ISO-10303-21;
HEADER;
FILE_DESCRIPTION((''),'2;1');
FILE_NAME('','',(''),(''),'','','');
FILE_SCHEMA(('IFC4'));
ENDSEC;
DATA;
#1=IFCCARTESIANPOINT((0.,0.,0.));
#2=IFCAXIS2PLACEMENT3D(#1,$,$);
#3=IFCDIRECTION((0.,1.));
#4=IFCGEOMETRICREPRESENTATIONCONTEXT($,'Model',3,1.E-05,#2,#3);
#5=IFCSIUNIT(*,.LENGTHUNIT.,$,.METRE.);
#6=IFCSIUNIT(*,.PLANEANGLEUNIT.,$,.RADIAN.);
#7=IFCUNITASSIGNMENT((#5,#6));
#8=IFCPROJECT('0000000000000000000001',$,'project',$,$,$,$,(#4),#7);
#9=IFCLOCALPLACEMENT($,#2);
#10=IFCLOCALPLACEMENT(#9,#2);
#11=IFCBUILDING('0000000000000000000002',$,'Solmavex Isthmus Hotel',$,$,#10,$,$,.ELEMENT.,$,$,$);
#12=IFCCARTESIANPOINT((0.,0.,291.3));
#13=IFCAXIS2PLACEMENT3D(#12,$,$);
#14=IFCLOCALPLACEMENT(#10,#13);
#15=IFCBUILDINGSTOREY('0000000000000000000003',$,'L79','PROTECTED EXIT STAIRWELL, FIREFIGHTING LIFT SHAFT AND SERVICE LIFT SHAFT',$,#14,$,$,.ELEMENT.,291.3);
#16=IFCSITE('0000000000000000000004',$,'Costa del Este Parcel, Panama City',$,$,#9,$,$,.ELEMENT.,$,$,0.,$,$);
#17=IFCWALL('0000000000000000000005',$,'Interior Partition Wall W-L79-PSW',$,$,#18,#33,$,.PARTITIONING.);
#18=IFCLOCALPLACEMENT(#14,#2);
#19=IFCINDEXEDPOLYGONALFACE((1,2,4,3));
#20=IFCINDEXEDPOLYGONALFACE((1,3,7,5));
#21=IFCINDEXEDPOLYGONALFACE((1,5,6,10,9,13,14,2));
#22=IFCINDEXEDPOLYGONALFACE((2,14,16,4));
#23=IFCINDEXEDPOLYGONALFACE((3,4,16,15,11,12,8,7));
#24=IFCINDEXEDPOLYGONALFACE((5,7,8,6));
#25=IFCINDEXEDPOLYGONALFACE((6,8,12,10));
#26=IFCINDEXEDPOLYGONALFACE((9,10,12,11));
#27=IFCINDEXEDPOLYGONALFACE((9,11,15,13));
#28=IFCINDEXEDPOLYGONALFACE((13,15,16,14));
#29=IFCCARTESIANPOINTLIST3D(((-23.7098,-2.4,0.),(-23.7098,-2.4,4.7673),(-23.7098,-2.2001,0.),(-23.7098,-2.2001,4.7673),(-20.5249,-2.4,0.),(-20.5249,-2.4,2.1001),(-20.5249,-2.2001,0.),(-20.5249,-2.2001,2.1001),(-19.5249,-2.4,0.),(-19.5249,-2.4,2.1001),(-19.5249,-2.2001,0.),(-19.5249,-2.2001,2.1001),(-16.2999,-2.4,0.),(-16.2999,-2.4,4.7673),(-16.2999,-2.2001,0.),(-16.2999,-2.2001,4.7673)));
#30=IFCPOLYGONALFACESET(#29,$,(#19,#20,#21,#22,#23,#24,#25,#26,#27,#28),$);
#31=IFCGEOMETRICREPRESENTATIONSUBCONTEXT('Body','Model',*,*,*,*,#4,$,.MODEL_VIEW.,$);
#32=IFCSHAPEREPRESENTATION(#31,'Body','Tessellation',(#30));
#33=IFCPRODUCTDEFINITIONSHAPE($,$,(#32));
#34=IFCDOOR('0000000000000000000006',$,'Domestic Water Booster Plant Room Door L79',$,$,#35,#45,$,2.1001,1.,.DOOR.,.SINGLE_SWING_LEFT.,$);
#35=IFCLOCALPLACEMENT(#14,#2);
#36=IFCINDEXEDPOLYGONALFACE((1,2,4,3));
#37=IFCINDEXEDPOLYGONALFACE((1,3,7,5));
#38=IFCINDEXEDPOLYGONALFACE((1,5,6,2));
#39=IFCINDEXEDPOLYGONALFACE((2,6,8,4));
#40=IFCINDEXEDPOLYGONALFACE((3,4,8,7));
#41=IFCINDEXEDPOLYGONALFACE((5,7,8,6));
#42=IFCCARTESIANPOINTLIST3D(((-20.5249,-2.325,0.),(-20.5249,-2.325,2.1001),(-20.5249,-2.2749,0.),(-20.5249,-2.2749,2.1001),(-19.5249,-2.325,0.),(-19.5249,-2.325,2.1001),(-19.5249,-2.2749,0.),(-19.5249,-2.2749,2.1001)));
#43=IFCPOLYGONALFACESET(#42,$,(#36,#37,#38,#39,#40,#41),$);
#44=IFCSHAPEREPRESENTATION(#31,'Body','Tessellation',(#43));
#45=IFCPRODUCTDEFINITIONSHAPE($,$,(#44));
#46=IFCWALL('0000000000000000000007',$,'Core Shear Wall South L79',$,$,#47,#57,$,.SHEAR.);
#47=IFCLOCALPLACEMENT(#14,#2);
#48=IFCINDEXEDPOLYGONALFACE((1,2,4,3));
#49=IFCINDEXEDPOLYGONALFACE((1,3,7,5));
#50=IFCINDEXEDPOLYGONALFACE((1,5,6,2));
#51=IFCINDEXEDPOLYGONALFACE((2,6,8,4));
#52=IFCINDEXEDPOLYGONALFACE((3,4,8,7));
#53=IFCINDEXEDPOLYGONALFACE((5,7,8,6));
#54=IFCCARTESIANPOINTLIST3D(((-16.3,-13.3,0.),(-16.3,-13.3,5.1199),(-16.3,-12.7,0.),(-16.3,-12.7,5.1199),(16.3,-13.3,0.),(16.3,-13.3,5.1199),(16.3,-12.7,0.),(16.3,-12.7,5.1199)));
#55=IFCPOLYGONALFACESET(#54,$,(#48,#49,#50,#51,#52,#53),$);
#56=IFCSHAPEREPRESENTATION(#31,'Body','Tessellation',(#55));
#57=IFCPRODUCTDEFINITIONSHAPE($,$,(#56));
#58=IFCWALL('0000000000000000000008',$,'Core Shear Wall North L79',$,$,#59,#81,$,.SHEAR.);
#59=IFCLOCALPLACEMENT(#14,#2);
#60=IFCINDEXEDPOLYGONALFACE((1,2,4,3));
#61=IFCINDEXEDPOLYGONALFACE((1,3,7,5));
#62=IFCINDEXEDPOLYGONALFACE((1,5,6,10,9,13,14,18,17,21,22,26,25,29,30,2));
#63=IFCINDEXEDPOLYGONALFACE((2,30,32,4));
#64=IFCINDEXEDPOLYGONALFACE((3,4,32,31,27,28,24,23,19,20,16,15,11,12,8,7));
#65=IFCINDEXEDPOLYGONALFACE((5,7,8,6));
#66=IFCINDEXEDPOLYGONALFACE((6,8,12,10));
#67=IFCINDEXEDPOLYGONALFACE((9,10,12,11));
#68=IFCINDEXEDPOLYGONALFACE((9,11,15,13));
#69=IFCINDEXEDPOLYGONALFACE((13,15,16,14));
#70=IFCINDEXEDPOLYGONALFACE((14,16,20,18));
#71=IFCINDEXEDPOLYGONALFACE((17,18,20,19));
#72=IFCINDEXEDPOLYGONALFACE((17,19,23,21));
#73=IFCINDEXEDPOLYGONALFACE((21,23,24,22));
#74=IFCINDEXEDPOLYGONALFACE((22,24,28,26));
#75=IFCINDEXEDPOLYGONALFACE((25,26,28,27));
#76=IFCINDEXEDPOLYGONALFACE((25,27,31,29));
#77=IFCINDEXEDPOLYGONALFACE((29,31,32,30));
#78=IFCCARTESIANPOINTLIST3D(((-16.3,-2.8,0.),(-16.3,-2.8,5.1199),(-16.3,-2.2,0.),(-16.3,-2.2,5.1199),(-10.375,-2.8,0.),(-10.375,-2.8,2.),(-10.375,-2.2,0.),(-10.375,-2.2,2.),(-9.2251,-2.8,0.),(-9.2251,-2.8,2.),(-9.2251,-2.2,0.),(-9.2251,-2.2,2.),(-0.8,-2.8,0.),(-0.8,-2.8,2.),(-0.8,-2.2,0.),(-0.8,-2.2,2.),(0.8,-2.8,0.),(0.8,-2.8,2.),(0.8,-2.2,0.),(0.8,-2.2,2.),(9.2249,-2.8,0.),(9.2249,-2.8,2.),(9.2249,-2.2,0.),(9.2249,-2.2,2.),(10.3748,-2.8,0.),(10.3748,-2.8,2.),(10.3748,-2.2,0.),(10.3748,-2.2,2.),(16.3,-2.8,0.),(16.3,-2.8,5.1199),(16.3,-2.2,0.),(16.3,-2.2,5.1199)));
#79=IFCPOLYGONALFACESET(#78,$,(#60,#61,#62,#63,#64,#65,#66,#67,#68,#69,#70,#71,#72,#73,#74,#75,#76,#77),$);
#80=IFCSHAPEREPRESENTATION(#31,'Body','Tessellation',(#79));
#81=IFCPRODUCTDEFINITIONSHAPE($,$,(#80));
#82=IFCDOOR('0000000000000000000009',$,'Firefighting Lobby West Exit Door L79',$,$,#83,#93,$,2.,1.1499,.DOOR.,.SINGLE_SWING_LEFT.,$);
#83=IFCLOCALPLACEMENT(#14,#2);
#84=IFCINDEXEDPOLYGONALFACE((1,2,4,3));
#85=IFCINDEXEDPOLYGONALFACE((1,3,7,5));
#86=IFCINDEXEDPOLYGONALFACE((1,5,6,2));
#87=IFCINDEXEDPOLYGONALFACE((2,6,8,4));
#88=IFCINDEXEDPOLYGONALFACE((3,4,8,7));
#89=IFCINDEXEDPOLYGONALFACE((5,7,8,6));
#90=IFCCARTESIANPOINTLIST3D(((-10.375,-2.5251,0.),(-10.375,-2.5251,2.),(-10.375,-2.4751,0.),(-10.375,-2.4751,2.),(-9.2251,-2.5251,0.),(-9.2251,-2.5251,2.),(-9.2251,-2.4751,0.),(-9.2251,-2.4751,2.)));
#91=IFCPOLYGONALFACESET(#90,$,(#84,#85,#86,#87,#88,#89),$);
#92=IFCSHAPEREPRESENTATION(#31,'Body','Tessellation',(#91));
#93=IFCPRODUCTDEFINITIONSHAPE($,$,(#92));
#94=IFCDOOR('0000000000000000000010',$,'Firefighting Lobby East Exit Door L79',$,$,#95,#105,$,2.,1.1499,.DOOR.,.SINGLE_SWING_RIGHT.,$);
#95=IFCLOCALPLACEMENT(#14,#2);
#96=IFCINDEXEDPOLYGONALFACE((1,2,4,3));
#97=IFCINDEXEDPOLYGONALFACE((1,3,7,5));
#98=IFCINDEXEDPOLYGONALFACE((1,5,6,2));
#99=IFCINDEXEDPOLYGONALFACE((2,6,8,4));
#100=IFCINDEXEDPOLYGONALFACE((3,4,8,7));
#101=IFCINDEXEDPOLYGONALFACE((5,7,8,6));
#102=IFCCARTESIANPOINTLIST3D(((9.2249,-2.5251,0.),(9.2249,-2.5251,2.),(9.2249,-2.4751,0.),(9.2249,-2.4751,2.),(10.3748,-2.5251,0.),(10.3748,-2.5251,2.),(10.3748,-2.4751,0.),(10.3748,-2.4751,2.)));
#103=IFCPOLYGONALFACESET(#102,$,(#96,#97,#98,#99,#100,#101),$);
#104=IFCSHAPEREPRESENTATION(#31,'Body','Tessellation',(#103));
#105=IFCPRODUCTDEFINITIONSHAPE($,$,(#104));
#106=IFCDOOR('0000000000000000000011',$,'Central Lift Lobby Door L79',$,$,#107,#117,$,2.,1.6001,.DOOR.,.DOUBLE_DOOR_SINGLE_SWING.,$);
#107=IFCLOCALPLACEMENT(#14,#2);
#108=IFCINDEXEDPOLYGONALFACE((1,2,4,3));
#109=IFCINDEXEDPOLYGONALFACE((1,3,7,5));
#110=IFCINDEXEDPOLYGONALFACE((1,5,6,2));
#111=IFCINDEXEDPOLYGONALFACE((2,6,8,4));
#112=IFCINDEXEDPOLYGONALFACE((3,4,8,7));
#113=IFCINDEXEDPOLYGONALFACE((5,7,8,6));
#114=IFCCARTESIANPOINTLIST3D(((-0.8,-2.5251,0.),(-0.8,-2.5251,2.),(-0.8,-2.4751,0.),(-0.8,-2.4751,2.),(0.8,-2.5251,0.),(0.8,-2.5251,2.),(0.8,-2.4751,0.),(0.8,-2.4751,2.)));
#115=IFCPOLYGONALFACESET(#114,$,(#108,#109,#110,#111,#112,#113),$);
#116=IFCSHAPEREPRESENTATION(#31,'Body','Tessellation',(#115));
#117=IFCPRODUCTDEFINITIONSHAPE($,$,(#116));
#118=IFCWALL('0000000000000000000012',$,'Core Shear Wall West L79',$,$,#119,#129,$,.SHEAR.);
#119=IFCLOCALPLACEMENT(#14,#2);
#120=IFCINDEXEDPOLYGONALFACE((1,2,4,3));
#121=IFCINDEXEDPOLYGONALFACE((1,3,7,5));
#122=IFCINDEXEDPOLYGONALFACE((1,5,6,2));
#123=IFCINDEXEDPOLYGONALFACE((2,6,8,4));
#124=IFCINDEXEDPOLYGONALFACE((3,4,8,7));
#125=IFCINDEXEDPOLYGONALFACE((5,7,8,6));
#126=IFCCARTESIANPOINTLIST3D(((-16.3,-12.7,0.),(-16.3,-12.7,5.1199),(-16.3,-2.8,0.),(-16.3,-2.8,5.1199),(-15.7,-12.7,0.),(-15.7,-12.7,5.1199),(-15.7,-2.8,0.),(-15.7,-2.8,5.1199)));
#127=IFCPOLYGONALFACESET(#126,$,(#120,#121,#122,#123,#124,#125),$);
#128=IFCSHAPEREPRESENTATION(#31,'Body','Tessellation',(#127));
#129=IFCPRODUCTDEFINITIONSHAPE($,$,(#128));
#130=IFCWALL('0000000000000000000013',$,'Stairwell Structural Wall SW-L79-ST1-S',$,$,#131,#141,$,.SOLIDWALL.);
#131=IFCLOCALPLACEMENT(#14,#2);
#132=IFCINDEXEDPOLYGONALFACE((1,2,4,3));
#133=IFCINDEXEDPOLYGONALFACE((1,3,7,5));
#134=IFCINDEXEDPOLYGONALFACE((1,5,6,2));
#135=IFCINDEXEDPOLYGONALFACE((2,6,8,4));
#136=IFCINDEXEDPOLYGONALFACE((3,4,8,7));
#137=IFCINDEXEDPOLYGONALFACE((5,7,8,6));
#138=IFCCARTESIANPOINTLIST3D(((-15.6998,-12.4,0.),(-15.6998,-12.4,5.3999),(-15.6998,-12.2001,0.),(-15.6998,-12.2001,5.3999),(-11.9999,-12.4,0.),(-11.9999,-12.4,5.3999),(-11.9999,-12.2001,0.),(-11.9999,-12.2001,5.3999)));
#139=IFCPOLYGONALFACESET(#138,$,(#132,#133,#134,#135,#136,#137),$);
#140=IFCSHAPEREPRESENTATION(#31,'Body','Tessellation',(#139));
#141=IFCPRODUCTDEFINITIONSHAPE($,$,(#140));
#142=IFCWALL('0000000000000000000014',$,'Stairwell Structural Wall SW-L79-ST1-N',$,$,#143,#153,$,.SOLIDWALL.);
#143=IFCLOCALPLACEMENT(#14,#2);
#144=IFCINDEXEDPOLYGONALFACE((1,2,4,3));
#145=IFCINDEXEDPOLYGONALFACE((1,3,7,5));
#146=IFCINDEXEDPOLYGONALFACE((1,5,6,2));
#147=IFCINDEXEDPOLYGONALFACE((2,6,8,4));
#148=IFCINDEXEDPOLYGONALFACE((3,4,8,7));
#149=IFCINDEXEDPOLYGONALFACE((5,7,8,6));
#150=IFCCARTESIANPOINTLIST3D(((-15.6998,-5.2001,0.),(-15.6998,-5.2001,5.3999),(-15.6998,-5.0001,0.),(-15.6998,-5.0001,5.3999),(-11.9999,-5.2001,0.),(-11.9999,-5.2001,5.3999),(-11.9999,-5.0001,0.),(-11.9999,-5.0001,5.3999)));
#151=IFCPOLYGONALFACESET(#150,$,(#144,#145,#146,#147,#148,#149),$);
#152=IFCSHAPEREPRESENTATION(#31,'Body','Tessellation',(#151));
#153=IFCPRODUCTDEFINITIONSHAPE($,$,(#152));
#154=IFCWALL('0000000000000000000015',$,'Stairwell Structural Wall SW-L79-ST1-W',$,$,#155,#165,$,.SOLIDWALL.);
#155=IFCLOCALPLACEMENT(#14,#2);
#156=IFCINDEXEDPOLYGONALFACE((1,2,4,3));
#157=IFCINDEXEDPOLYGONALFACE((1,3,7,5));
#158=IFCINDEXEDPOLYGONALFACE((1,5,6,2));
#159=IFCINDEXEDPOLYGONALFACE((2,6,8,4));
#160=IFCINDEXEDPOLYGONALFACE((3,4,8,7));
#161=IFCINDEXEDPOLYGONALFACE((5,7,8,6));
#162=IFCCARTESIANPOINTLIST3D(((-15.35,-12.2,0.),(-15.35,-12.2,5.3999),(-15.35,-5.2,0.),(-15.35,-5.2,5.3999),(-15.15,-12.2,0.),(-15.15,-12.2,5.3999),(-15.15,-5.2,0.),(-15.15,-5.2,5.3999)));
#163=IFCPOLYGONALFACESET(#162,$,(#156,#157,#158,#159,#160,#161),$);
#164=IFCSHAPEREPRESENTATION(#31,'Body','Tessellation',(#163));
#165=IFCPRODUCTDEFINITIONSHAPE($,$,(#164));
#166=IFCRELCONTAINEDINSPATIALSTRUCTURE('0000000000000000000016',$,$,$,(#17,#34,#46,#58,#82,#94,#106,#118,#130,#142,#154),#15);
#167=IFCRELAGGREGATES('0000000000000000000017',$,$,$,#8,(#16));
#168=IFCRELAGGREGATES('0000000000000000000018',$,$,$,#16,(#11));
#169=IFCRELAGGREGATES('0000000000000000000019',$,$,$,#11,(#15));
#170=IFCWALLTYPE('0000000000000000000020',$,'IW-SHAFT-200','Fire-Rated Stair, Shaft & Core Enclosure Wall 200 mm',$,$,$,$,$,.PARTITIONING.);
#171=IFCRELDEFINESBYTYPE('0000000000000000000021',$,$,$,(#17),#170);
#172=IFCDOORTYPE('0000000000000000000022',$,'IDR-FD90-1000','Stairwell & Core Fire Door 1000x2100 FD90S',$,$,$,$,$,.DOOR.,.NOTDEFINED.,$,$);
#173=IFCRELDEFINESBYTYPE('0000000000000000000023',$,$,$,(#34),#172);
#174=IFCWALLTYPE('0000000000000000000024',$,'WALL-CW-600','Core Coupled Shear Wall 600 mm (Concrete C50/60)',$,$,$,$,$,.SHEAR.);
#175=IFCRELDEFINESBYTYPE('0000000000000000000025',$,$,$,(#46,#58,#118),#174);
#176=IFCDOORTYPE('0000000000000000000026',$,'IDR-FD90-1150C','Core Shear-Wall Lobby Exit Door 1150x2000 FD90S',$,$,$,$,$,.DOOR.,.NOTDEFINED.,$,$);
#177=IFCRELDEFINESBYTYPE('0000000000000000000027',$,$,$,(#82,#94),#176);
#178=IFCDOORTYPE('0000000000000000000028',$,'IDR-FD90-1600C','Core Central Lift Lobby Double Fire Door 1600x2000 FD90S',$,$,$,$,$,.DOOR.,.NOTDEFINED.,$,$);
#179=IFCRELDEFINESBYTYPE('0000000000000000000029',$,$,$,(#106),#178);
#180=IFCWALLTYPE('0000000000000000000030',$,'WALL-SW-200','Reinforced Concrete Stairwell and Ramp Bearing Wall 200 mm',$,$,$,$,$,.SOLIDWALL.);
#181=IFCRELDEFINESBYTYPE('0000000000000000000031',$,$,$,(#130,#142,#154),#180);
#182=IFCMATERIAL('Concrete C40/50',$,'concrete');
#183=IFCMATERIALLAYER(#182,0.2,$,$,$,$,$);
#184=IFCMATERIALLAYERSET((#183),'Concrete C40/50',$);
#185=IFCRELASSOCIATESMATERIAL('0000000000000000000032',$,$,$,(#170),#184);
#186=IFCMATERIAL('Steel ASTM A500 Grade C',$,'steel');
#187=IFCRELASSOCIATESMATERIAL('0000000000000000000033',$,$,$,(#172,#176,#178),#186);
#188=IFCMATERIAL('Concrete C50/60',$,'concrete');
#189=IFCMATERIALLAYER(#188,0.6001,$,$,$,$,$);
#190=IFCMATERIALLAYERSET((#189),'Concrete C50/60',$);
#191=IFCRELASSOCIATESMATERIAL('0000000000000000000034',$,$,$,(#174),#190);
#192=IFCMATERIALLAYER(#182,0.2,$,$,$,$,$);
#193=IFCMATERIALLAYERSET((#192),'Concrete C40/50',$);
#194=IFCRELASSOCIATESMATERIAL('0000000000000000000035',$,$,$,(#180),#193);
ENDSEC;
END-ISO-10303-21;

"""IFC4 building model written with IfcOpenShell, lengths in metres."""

from ifc_helpers import new_model, si_unit, direction, frame, frame_2d, origin, place, context, subcontext, project, spatial, rectangle, extrude, material, layer, layer_set, type_object, element, fill, save


model = new_model("IFC4")

# Units and contexts
model_context = context("Model", 3, precision=1e-05, world=origin(), true_north=direction((0.0, 1.0)))
body_context = subcontext(model_context, "Body", "Model", "MODEL_VIEW")
ifc_project = project(units=[si_unit("LENGTHUNIT", "METRE"), si_unit("PLANEANGLEUNIT", "RADIAN")], contexts=[model_context])

# Site, building, storey
site_placement = place(None, origin())
site = spatial("IfcSite", under=ifc_project, at=site_placement, Name="Costa del Este Parcel, Panama City", CompositionType="ELEMENT", RefElevation=0.0)
building_placement = place(site_placement, origin())
building = spatial("IfcBuilding", under=site, at=building_placement, Name="Solmavex Isthmus Hotel", CompositionType="ELEMENT")
storey_placement = place(building_placement, frame((0.0, 0.0, 291.3)))
storey = spatial("IfcBuildingStorey", under=building, at=storey_placement, Name="L79", Description="PROTECTED EXIT STAIRWELL, FIREFIGHTING LIFT SHAFT AND SERVICE LIFT SHAFT", CompositionType="ELEMENT", Elevation=291.3)

# Shared definitions
ifc_material_1 = material(Name="Concrete C50/60", Category="concrete")

# Wall, opening, door
ifc_material_2 = material(Name="Concrete C40/50", Category="concrete")
ifc_layer_1 = layer(ifc_material_2, 0.2)
ifc_layer_set_1 = layer_set([ifc_layer_1], Name="Concrete C40/50")
wall_type_1 = type_object("IfcWallType", Name="IW-SHAFT-200", Description="Fire-Rated Stair, Shaft & Core Enclosure Wall 200 mm", PredefinedType="PARTITIONING", material=ifc_layer_set_1)
wall_1_placement = place(storey_placement, frame((-23.71, -2.3, 0.0), z_axis=(0.0, 0.0, 1.0), x_axis=(1.0, 0.0, 0.0)))
wall_1 = element("IfcWall", 1, at=wall_1_placement, inside=storey, type_object=wall_type_1, Name="Interior Partition Wall W-L79-PSW", PredefinedType="PARTITIONING", context=body_context, shape_type="SweptSolid", body=[
    extrude(rectangle(XDim=7.4099, YDim=0.2, at=frame_2d((3.7051, 0.0))), origin(), (0.0, 0.0, 1.0), 4.7673),
])
opening_1_placement = place(wall_1_placement, frame((3.1851, 0.0, 0.0)))
opening_1 = element("IfcOpeningElement", 2, at=opening_1_placement, cuts=wall_1, PredefinedType="OPENING", context=body_context, shape_type="SweptSolid", body=[
    extrude(rectangle(XDim=1.0, YDim=2.1001, at=frame_2d((0.5, 1.05))), frame((0.0, 0.1099, 0.0), z_axis=(0.0, -1.0, 0.0), x_axis=(1.0, 0.0, 0.0)), (0.0, 0.0, 1.0), 0.22),
])
ifc_material_3 = material(Name="Steel ASTM A500 Grade C", Category="steel")
door_type_1 = type_object("IfcDoorType", Name="IDR-FD90-1000", Description="Stairwell & Core Fire Door 1000x2100 FD90S", OperationType="NOTDEFINED", PredefinedType="DOOR", material=ifc_material_3)
door_1_placement = place(opening_1_placement, frame((1.0, 0.0, 0.0), z_axis=(0.0, 0.0, 1.0), x_axis=(-1.0, 0.0, 0.0)))
door_1 = element("IfcDoor", 3, at=door_1_placement, inside=storey, type_object=door_type_1, Name="Domestic Water Booster Plant Room Door L79", OperationType="SINGLE_SWING_LEFT", OverallHeight=2.1001, OverallWidth=1.0, PredefinedType="DOOR", context=body_context, shape_type="SweptSolid", body=[
    extrude(rectangle(XDim=1.0, YDim=2.1001, at=frame_2d((0.5, 1.05))), frame((0.0, 0.0249, 0.0), z_axis=(0.0, -1.0, 0.0), x_axis=(1.0, 0.0, 0.0)), (0.0, 0.0, 1.0), 0.05),
])
fill(opening_1, door_1)

# Wall
ifc_layer_2 = layer(ifc_material_1, 0.6001)
ifc_layer_set_2 = layer_set([ifc_layer_2], Name="Concrete C50/60")
wall_type_2 = type_object("IfcWallType", Name="WALL-CW-600", Description="Core Coupled Shear Wall 600 mm (Concrete C50/60)", PredefinedType="SHEAR", material=ifc_layer_set_2)
wall_2_placement = place(storey_placement, frame((-16.3, -13.0, 0.0), z_axis=(0.0, 0.0, 1.0), x_axis=(1.0, 0.0, 0.0)))
element("IfcWall", 4, at=wall_2_placement, inside=storey, type_object=wall_type_2, Name="Core Shear Wall South L79", PredefinedType="SHEAR", context=body_context, shape_type="SweptSolid", body=[
    extrude(rectangle(XDim=32.6001, YDim=0.6001, at=frame_2d((16.3, 0.0))), origin(), (0.0, 0.0, 1.0), 5.1199),
])

# Wall, openings, doors
wall_3_placement = place(storey_placement, frame((-16.3, -2.5, 0.0), z_axis=(0.0, 0.0, 1.0), x_axis=(1.0, 0.0, 0.0)))
wall_3 = element("IfcWall", 5, at=wall_3_placement, inside=storey, type_object=wall_type_2, Name="Core Shear Wall North L79", PredefinedType="SHEAR", context=body_context, shape_type="SweptSolid", body=[
    extrude(rectangle(XDim=32.6001, YDim=0.6001, at=frame_2d((16.3, 0.0))), origin(), (0.0, 0.0, 1.0), 5.1199),
])
opening_2_placement = place(wall_3_placement, frame((5.925, 0.0, 0.0)))
opening_2 = element("IfcOpeningElement", 6, at=opening_2_placement, cuts=wall_3, PredefinedType="OPENING", context=body_context, shape_type="SweptSolid", body=[
    extrude(rectangle(XDim=1.1499, YDim=2.0, at=frame_2d((0.575, 1.0))), frame((0.0, 0.3101, 0.0), z_axis=(0.0, -1.0, 0.0), x_axis=(1.0, 0.0, 0.0)), (0.0, 0.0, 1.0), 0.6201),
])
opening_3_placement = place(wall_3_placement, frame((15.5, 0.0, 0.0)))
opening_3 = element("IfcOpeningElement", 7, at=opening_3_placement, cuts=wall_3, PredefinedType="OPENING", context=body_context, shape_type="SweptSolid", body=[
    extrude(rectangle(XDim=1.6001, YDim=2.0, at=frame_2d((0.8, 1.0))), frame((0.0, 0.3101, 0.0), z_axis=(0.0, -1.0, 0.0), x_axis=(1.0, 0.0, 0.0)), (0.0, 0.0, 1.0), 0.6201),
])
opening_4_placement = place(wall_3_placement, frame((25.5249, 0.0, 0.0)))
opening_4 = element("IfcOpeningElement", 8, at=opening_4_placement, cuts=wall_3, PredefinedType="OPENING", context=body_context, shape_type="SweptSolid", body=[
    extrude(rectangle(XDim=1.1499, YDim=2.0, at=frame_2d((0.575, 1.0))), frame((0.0, 0.3101, 0.0), z_axis=(0.0, -1.0, 0.0), x_axis=(1.0, 0.0, 0.0)), (0.0, 0.0, 1.0), 0.6201),
])
door_type_2 = type_object("IfcDoorType", Name="IDR-FD90-1150C", Description="Core Shear-Wall Lobby Exit Door 1150x2000 FD90S", OperationType="NOTDEFINED", PredefinedType="DOOR", material=ifc_material_3)
door_2_placement = place(opening_2_placement, origin())
door_2 = element("IfcDoor", 9, at=door_2_placement, inside=storey, type_object=door_type_2, Name="Firefighting Lobby West Exit Door L79", OperationType="SINGLE_SWING_LEFT", OverallHeight=2.0, OverallWidth=1.1499, PredefinedType="DOOR", context=body_context, shape_type="SweptSolid", body=[
    extrude(rectangle(XDim=1.1499, YDim=2.0, at=frame_2d((0.575, 1.0))), frame((0.0, 0.0249, 0.0), z_axis=(0.0, -1.0, 0.0), x_axis=(1.0, 0.0, 0.0)), (0.0, 0.0, 1.0), 0.05),
])
fill(opening_2, door_2)
door_3_placement = place(opening_4_placement, origin())
door_3 = element("IfcDoor", 10, at=door_3_placement, inside=storey, type_object=door_type_2, Name="Firefighting Lobby East Exit Door L79", OperationType="SINGLE_SWING_RIGHT", OverallHeight=2.0, OverallWidth=1.1499, PredefinedType="DOOR", context=body_context, shape_type="SweptSolid", body=[
    extrude(rectangle(XDim=1.1499, YDim=2.0, at=frame_2d((0.575, 1.0))), frame((0.0, 0.0249, 0.0), z_axis=(0.0, -1.0, 0.0), x_axis=(1.0, 0.0, 0.0)), (0.0, 0.0, 1.0), 0.05),
])
fill(opening_4, door_3)
door_type_3 = type_object("IfcDoorType", Name="IDR-FD90-1600C", Description="Core Central Lift Lobby Double Fire Door 1600x2000 FD90S", OperationType="NOTDEFINED", PredefinedType="DOOR", material=ifc_material_3)
door_4_placement = place(opening_3_placement, origin())
door_4 = element("IfcDoor", 11, at=door_4_placement, inside=storey, type_object=door_type_3, Name="Central Lift Lobby Door L79", OperationType="DOUBLE_DOOR_SINGLE_SWING", OverallHeight=2.0, OverallWidth=1.6001, PredefinedType="DOOR", context=body_context, shape_type="SweptSolid", body=[
    extrude(rectangle(XDim=1.6001, YDim=2.0, at=frame_2d((0.8, 1.0))), frame((0.0, 0.0249, 0.0), z_axis=(0.0, -1.0, 0.0), x_axis=(1.0, 0.0, 0.0)), (0.0, 0.0, 1.0), 0.05),
])
fill(opening_3, door_4)

# Walls
wall_4_placement = place(storey_placement, frame((-16.0, -12.7, 0.0), z_axis=(0.0, 0.0, 1.0), x_axis=(0.0, 1.0, 0.0)))
element("IfcWall", 12, at=wall_4_placement, inside=storey, type_object=wall_type_2, Name="Core Shear Wall West L79", PredefinedType="SHEAR", context=body_context, shape_type="SweptSolid", body=[
    extrude(rectangle(XDim=9.8999, YDim=0.6001, at=frame_2d((4.95, 0.0))), origin(), (0.0, 0.0, 1.0), 5.1199),
])
ifc_layer_3 = layer(ifc_material_2, 0.2)
ifc_layer_set_3 = layer_set([ifc_layer_3], Name="Concrete C40/50")
wall_type_3 = type_object("IfcWallType", Name="WALL-SW-200", Description="Reinforced Concrete Stairwell and Ramp Bearing Wall 200 mm", PredefinedType="SOLIDWALL", material=ifc_layer_set_3)
for number, where, z_axis, x_axis, name in (
    (13, (-15.7, -12.3, 0.0), (0.0, 0.0, 1.0), (1.0, 0.0, 0.0), "Stairwell Structural Wall SW-L79-ST1-S"),
    (14, (-15.7, -5.1001, 0.0), (0.0, 0.0, 1.0), (1.0, 0.0, 0.0), "Stairwell Structural Wall SW-L79-ST1-N"),
):
    element("IfcWall", number, at=place(storey_placement, frame(where, z_axis=z_axis, x_axis=x_axis)), inside=storey, type_object=wall_type_3, Name=name, PredefinedType="SOLIDWALL", context=body_context, shape_type="SweptSolid", body=[
        extrude(rectangle(XDim=3.7, YDim=0.2, at=frame_2d((1.8501, 0.0))), origin(), (0.0, 0.0, 1.0), 5.3999),
    ])
wall_5_placement = place(storey_placement, frame((-15.25, -12.2, 0.0), z_axis=(0.0, 0.0, 1.0), x_axis=(0.0, 1.0, 0.0)))
element("IfcWall", 15, at=wall_5_placement, inside=storey, type_object=wall_type_3, Name="Stairwell Structural Wall SW-L79-ST1-W", PredefinedType="SOLIDWALL", context=body_context, shape_type="SweptSolid", body=[
    extrude(rectangle(XDim=7.0, YDim=0.2, at=frame_2d((3.5, 0.0))), origin(), (0.0, 0.0, 1.0), 5.3999),
])

save(model, "model.ifc")
